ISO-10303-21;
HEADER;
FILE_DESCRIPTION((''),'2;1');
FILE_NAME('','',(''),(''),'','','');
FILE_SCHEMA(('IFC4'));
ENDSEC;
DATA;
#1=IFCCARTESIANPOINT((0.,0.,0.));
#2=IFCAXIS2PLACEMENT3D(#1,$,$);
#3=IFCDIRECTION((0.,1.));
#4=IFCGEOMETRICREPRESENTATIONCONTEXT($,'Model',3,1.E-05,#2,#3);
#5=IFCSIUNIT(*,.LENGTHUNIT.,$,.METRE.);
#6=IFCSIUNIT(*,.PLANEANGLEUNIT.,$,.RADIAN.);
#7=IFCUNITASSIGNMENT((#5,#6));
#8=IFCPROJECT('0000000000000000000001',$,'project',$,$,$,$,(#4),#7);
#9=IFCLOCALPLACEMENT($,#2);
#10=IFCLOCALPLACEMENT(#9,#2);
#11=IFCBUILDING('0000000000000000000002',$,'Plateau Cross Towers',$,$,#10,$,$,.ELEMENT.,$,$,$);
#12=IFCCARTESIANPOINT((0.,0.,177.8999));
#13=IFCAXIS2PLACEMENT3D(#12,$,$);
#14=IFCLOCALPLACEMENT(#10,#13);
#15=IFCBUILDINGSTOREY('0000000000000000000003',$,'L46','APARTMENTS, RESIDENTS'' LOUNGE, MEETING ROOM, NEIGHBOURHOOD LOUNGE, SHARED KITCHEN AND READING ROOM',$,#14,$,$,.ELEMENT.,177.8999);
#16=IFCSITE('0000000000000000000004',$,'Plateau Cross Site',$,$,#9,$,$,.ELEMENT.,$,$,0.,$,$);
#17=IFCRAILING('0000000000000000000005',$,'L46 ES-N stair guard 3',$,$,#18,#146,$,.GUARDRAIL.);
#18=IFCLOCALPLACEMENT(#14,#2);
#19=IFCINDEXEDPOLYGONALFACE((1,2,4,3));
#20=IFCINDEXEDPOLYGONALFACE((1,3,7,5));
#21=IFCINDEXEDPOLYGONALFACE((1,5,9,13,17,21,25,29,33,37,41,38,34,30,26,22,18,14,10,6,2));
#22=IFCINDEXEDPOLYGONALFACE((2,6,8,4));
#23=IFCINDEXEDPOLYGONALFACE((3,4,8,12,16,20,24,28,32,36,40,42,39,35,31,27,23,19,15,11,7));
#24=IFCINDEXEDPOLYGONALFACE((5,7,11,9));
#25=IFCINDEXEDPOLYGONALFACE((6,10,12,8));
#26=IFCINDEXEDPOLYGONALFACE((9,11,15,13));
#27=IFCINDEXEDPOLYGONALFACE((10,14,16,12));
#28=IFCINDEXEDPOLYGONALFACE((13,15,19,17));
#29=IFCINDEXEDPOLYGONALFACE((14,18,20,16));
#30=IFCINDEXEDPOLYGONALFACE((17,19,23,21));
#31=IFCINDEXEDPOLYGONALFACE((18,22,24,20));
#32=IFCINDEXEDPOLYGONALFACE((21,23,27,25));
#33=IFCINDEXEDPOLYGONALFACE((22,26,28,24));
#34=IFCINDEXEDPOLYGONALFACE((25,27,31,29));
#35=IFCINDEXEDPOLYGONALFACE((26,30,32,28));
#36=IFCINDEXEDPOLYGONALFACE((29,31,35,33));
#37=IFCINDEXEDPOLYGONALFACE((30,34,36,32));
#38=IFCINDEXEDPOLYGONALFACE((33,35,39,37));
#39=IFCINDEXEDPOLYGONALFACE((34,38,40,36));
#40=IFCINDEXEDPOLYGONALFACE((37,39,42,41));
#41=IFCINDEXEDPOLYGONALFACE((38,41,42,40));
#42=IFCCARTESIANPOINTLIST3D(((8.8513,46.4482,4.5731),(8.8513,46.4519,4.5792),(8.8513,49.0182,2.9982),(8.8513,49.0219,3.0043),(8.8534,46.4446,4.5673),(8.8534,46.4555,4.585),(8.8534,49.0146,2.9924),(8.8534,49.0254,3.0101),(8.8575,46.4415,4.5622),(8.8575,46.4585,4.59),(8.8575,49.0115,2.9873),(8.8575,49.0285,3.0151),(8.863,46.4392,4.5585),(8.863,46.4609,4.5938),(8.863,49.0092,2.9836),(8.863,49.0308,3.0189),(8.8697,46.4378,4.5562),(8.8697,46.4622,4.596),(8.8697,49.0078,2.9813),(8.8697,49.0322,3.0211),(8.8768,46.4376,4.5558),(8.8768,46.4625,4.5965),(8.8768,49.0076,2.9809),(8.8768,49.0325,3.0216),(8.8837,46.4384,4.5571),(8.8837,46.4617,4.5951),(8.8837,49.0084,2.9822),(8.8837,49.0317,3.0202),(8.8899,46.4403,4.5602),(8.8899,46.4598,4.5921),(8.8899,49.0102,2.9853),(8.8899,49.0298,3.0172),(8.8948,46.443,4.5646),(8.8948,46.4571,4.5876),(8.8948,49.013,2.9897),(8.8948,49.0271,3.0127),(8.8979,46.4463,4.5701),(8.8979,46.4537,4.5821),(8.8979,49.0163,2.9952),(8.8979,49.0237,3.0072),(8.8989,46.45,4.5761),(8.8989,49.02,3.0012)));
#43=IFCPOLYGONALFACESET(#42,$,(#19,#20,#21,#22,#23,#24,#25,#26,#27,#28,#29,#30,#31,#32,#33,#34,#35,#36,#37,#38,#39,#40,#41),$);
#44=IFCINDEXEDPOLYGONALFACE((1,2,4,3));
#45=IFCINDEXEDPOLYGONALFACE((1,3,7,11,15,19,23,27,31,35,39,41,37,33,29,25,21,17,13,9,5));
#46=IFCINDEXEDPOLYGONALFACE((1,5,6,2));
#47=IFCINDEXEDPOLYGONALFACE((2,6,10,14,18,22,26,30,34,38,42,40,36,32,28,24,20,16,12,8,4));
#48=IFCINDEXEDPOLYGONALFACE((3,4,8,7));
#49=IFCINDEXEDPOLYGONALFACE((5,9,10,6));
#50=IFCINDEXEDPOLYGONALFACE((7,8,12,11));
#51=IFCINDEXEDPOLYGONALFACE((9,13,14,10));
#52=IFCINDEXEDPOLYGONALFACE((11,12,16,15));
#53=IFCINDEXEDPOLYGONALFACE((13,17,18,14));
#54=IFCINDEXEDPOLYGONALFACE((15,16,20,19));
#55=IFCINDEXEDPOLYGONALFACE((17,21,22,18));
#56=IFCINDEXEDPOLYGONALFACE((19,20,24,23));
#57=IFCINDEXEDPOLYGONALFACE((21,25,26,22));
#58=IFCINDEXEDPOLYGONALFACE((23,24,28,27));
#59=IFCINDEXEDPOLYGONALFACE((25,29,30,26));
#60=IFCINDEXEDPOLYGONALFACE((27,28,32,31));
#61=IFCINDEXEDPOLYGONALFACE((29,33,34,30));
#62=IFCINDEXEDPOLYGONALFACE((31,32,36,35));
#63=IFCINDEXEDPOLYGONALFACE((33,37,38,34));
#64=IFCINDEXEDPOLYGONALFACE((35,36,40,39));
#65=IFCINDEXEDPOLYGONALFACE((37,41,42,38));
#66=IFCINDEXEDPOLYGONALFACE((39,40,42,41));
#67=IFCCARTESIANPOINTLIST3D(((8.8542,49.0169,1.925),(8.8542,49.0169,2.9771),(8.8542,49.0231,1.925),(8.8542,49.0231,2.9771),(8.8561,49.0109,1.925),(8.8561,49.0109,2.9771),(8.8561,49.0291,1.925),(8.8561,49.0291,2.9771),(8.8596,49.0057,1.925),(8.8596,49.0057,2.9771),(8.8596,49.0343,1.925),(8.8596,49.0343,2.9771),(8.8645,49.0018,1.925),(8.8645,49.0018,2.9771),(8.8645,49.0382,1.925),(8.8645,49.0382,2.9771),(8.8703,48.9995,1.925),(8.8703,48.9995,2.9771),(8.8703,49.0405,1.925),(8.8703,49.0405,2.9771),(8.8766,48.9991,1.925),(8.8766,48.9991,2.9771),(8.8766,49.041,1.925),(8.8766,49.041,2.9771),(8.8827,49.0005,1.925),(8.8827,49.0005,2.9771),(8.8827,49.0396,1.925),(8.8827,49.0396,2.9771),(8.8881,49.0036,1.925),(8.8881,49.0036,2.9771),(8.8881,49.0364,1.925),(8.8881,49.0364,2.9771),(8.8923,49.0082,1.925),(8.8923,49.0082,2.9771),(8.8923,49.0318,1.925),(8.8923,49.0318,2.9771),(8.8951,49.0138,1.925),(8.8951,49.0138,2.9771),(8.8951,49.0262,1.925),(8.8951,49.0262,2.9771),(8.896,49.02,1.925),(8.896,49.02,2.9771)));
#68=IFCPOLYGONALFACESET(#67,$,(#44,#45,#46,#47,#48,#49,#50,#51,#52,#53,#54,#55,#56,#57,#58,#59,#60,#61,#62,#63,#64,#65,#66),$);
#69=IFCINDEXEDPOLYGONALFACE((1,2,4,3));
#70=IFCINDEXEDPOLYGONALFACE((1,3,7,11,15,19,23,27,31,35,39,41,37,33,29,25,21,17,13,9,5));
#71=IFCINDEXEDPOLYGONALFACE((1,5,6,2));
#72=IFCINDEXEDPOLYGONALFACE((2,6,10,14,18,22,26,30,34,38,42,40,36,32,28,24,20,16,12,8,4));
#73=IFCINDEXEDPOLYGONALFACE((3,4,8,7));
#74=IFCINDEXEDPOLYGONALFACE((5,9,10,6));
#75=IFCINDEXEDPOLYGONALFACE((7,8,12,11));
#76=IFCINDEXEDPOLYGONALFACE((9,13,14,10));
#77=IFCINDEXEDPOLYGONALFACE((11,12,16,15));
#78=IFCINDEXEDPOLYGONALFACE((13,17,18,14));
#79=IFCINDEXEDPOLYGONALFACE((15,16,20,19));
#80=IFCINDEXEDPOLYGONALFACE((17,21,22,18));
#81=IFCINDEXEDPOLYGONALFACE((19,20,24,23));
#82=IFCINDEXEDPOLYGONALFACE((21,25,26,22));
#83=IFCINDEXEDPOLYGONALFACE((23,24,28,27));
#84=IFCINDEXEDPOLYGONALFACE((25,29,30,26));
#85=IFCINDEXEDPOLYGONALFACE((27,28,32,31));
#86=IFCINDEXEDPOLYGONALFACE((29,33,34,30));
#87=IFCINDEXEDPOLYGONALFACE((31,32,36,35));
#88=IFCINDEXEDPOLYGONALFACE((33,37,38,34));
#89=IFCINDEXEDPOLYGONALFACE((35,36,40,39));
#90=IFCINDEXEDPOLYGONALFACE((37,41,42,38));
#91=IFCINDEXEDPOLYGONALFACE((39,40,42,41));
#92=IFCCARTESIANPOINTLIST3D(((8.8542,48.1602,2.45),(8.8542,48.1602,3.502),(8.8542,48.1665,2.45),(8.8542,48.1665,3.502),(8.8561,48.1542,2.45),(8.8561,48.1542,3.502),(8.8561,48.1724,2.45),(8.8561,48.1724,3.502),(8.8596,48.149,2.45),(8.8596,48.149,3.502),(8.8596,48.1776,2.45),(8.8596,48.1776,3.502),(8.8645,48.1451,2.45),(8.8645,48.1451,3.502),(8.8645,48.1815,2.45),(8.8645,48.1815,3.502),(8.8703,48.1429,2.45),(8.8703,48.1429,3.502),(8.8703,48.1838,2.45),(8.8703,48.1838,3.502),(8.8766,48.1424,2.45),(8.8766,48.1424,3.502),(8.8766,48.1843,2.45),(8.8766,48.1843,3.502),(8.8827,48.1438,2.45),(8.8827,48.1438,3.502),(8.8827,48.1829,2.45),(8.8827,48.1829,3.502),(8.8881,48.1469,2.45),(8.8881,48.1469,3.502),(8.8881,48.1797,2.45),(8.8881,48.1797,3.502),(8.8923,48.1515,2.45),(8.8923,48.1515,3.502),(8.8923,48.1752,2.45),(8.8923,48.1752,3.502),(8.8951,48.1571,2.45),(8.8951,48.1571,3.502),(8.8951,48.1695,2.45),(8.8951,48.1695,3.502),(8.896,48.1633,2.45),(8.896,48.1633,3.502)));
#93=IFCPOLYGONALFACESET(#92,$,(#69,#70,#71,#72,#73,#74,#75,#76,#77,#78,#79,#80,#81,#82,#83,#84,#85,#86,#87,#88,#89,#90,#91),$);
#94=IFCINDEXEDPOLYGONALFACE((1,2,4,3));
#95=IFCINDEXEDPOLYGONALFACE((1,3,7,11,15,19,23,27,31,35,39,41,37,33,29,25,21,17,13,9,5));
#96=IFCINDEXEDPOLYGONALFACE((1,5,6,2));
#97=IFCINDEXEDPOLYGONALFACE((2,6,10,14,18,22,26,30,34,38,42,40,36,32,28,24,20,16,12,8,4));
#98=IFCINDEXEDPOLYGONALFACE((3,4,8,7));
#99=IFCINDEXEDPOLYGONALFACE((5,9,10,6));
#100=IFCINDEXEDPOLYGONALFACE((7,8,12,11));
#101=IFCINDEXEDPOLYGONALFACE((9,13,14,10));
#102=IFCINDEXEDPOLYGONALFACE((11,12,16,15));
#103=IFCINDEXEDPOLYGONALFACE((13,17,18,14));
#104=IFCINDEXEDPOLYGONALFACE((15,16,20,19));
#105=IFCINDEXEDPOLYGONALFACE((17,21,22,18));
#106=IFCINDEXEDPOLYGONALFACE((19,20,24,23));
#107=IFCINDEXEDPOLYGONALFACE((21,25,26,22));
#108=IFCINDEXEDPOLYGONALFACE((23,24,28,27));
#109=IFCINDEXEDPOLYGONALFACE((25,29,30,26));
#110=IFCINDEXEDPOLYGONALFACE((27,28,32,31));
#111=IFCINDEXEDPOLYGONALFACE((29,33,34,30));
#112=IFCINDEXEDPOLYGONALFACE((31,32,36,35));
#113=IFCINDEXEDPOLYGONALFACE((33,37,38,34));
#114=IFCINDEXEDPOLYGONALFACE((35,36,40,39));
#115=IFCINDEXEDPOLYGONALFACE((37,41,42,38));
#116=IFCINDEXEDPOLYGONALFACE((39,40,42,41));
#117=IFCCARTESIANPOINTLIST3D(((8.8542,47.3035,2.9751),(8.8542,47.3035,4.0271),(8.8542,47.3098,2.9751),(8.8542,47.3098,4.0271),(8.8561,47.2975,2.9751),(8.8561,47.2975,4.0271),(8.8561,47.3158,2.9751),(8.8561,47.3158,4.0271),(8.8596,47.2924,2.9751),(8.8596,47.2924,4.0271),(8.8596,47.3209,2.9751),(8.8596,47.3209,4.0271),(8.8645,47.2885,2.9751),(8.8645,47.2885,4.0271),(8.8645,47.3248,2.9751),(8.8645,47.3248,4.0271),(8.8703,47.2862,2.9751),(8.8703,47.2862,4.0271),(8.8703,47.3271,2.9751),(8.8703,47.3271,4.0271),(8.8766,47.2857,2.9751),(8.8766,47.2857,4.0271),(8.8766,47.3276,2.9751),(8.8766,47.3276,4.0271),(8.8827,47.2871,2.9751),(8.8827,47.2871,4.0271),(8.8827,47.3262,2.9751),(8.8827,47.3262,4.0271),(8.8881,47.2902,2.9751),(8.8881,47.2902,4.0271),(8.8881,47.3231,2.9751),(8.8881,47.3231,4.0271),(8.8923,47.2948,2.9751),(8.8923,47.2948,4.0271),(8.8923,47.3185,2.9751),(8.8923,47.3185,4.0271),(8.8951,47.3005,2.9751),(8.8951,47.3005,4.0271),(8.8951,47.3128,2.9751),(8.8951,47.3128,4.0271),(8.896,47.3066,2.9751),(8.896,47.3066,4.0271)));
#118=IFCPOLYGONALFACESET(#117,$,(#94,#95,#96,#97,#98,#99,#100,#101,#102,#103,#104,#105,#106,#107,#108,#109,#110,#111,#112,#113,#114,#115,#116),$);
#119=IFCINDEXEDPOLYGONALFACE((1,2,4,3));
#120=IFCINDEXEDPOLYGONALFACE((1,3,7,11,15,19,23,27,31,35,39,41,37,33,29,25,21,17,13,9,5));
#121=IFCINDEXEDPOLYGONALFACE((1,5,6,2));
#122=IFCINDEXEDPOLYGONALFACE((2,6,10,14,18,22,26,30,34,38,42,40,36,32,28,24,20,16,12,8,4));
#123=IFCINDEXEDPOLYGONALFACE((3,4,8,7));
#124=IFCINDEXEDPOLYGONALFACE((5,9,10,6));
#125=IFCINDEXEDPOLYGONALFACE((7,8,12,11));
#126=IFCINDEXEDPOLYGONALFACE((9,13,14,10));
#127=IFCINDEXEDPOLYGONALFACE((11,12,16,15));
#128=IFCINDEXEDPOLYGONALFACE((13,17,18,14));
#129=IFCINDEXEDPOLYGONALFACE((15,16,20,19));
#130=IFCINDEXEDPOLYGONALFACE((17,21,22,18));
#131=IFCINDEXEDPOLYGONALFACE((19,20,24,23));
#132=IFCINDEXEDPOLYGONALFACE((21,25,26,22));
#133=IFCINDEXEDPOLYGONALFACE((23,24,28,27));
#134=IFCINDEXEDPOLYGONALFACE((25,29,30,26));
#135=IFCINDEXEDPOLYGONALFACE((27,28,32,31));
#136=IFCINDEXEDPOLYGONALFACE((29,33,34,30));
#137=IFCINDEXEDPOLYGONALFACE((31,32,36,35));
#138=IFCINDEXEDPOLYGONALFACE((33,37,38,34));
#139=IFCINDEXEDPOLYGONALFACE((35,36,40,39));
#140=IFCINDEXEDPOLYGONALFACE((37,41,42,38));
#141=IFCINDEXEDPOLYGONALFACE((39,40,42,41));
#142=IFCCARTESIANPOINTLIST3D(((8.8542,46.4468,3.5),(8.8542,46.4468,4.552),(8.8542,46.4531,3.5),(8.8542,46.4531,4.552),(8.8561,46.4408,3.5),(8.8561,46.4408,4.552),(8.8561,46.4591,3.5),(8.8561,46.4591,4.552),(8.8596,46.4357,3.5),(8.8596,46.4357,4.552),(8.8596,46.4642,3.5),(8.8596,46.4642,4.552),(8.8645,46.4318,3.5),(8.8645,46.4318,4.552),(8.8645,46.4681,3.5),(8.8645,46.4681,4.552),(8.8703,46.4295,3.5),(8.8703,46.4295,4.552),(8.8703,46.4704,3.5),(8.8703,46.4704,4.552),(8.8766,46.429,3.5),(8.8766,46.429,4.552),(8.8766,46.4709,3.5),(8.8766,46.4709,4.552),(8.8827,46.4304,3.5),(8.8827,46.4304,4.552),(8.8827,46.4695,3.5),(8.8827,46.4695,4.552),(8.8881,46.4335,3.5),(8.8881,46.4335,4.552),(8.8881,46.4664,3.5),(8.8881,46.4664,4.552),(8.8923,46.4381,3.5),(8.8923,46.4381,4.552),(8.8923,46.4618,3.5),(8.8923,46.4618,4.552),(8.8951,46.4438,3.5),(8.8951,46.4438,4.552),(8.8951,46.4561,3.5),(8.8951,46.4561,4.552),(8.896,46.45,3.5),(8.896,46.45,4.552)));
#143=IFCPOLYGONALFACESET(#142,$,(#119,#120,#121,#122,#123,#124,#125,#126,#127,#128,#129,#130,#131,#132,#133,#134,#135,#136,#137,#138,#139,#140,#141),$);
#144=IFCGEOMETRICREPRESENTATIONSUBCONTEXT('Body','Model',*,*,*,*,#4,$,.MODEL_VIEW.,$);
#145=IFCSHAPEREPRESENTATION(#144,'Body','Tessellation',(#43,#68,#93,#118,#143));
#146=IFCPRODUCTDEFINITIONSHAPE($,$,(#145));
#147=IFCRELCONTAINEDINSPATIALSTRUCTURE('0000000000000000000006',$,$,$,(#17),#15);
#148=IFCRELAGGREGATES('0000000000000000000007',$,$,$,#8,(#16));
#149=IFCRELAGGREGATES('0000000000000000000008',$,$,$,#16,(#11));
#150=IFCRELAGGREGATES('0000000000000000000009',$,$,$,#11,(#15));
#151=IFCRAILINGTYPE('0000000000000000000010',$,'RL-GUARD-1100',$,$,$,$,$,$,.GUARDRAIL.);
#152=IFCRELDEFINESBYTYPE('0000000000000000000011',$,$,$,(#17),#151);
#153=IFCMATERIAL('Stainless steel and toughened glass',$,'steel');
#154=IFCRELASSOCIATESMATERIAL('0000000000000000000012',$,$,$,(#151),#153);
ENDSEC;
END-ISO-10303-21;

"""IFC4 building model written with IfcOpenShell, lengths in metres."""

from ifc_helpers import new_model, si_unit, direction, frame, origin, origin_2d, place, context, subcontext, project, spatial, circle, extrude, material, type_object, element, save


model = new_model("IFC4")

# Units and contexts
model_context = context("Model", 3, precision=1e-05, world=origin(), true_north=direction((0.0, 1.0)))
body_context = subcontext(model_context, "Body", "Model", "MODEL_VIEW")
ifc_project = project(units=[si_unit("LENGTHUNIT", "METRE"), si_unit("PLANEANGLEUNIT", "RADIAN")], contexts=[model_context])

# Site, building, storey
site_placement = place(None, origin())
site = spatial("IfcSite", under=ifc_project, at=site_placement, Name="Plateau Cross Site", CompositionType="ELEMENT", RefElevation=0.0)
building_placement = place(site_placement, origin())
building = spatial("IfcBuilding", under=site, at=building_placement, Name="Plateau Cross Towers", CompositionType="ELEMENT")
storey_placement = place(building_placement, frame((0.0, 0.0, 177.8999)))
storey = spatial("IfcBuildingStorey", under=building, at=storey_placement, Name="L46", Description="APARTMENTS, RESIDENTS' LOUNGE, MEETING ROOM, NEIGHBOURHOOD LOUNGE, SHARED KITCHEN AND READING ROOM", CompositionType="ELEMENT", Elevation=177.8999)

# Railing
ifc_material_1 = material(Name="Stainless steel and toughened glass", Category="steel")
railing_type_1 = type_object("IfcRailingType", Name="RL-GUARD-1100", PredefinedType="GUARDRAIL", material=ifc_material_1)
railing_1_placement = place(storey_placement, frame((8.875, 49.02, 1.925)))
element("IfcRailing", 1, at=railing_1_placement, inside=storey, type_object=railing_type_1, Name="L46 ES-N stair guard 3", PredefinedType="GUARDRAIL", context=body_context, shape_type="SweptSolid", body=[
    extrude(circle(Radius=0.0239, at=origin_2d()), frame((0.0, 0.0, 1.0762), z_axis=(0.0, -0.852639, 0.522501), x_axis=(1.0, 0.0, 0.0)), (0.0, 0.0, 1.0), 3.0142),
    extrude(circle(Radius=0.021, at=origin_2d()), origin(), (0.0, 0.0, 1.0), 1.052),
    extrude(circle(Radius=0.021, at=origin_2d()), frame((0.0, -0.8567, 0.5249)), (0.0, 0.0, 1.0), 1.052),
    extrude(circle(Radius=0.021, at=origin_2d()), frame((0.0, -1.7134, 1.05)), (0.0, 0.0, 1.0), 1.052),
    extrude(circle(Radius=0.021, at=origin_2d()), frame((0.0, -2.5701, 1.575)), (0.0, 0.0, 1.0), 1.052),
])

save(model, "model.ifc")
